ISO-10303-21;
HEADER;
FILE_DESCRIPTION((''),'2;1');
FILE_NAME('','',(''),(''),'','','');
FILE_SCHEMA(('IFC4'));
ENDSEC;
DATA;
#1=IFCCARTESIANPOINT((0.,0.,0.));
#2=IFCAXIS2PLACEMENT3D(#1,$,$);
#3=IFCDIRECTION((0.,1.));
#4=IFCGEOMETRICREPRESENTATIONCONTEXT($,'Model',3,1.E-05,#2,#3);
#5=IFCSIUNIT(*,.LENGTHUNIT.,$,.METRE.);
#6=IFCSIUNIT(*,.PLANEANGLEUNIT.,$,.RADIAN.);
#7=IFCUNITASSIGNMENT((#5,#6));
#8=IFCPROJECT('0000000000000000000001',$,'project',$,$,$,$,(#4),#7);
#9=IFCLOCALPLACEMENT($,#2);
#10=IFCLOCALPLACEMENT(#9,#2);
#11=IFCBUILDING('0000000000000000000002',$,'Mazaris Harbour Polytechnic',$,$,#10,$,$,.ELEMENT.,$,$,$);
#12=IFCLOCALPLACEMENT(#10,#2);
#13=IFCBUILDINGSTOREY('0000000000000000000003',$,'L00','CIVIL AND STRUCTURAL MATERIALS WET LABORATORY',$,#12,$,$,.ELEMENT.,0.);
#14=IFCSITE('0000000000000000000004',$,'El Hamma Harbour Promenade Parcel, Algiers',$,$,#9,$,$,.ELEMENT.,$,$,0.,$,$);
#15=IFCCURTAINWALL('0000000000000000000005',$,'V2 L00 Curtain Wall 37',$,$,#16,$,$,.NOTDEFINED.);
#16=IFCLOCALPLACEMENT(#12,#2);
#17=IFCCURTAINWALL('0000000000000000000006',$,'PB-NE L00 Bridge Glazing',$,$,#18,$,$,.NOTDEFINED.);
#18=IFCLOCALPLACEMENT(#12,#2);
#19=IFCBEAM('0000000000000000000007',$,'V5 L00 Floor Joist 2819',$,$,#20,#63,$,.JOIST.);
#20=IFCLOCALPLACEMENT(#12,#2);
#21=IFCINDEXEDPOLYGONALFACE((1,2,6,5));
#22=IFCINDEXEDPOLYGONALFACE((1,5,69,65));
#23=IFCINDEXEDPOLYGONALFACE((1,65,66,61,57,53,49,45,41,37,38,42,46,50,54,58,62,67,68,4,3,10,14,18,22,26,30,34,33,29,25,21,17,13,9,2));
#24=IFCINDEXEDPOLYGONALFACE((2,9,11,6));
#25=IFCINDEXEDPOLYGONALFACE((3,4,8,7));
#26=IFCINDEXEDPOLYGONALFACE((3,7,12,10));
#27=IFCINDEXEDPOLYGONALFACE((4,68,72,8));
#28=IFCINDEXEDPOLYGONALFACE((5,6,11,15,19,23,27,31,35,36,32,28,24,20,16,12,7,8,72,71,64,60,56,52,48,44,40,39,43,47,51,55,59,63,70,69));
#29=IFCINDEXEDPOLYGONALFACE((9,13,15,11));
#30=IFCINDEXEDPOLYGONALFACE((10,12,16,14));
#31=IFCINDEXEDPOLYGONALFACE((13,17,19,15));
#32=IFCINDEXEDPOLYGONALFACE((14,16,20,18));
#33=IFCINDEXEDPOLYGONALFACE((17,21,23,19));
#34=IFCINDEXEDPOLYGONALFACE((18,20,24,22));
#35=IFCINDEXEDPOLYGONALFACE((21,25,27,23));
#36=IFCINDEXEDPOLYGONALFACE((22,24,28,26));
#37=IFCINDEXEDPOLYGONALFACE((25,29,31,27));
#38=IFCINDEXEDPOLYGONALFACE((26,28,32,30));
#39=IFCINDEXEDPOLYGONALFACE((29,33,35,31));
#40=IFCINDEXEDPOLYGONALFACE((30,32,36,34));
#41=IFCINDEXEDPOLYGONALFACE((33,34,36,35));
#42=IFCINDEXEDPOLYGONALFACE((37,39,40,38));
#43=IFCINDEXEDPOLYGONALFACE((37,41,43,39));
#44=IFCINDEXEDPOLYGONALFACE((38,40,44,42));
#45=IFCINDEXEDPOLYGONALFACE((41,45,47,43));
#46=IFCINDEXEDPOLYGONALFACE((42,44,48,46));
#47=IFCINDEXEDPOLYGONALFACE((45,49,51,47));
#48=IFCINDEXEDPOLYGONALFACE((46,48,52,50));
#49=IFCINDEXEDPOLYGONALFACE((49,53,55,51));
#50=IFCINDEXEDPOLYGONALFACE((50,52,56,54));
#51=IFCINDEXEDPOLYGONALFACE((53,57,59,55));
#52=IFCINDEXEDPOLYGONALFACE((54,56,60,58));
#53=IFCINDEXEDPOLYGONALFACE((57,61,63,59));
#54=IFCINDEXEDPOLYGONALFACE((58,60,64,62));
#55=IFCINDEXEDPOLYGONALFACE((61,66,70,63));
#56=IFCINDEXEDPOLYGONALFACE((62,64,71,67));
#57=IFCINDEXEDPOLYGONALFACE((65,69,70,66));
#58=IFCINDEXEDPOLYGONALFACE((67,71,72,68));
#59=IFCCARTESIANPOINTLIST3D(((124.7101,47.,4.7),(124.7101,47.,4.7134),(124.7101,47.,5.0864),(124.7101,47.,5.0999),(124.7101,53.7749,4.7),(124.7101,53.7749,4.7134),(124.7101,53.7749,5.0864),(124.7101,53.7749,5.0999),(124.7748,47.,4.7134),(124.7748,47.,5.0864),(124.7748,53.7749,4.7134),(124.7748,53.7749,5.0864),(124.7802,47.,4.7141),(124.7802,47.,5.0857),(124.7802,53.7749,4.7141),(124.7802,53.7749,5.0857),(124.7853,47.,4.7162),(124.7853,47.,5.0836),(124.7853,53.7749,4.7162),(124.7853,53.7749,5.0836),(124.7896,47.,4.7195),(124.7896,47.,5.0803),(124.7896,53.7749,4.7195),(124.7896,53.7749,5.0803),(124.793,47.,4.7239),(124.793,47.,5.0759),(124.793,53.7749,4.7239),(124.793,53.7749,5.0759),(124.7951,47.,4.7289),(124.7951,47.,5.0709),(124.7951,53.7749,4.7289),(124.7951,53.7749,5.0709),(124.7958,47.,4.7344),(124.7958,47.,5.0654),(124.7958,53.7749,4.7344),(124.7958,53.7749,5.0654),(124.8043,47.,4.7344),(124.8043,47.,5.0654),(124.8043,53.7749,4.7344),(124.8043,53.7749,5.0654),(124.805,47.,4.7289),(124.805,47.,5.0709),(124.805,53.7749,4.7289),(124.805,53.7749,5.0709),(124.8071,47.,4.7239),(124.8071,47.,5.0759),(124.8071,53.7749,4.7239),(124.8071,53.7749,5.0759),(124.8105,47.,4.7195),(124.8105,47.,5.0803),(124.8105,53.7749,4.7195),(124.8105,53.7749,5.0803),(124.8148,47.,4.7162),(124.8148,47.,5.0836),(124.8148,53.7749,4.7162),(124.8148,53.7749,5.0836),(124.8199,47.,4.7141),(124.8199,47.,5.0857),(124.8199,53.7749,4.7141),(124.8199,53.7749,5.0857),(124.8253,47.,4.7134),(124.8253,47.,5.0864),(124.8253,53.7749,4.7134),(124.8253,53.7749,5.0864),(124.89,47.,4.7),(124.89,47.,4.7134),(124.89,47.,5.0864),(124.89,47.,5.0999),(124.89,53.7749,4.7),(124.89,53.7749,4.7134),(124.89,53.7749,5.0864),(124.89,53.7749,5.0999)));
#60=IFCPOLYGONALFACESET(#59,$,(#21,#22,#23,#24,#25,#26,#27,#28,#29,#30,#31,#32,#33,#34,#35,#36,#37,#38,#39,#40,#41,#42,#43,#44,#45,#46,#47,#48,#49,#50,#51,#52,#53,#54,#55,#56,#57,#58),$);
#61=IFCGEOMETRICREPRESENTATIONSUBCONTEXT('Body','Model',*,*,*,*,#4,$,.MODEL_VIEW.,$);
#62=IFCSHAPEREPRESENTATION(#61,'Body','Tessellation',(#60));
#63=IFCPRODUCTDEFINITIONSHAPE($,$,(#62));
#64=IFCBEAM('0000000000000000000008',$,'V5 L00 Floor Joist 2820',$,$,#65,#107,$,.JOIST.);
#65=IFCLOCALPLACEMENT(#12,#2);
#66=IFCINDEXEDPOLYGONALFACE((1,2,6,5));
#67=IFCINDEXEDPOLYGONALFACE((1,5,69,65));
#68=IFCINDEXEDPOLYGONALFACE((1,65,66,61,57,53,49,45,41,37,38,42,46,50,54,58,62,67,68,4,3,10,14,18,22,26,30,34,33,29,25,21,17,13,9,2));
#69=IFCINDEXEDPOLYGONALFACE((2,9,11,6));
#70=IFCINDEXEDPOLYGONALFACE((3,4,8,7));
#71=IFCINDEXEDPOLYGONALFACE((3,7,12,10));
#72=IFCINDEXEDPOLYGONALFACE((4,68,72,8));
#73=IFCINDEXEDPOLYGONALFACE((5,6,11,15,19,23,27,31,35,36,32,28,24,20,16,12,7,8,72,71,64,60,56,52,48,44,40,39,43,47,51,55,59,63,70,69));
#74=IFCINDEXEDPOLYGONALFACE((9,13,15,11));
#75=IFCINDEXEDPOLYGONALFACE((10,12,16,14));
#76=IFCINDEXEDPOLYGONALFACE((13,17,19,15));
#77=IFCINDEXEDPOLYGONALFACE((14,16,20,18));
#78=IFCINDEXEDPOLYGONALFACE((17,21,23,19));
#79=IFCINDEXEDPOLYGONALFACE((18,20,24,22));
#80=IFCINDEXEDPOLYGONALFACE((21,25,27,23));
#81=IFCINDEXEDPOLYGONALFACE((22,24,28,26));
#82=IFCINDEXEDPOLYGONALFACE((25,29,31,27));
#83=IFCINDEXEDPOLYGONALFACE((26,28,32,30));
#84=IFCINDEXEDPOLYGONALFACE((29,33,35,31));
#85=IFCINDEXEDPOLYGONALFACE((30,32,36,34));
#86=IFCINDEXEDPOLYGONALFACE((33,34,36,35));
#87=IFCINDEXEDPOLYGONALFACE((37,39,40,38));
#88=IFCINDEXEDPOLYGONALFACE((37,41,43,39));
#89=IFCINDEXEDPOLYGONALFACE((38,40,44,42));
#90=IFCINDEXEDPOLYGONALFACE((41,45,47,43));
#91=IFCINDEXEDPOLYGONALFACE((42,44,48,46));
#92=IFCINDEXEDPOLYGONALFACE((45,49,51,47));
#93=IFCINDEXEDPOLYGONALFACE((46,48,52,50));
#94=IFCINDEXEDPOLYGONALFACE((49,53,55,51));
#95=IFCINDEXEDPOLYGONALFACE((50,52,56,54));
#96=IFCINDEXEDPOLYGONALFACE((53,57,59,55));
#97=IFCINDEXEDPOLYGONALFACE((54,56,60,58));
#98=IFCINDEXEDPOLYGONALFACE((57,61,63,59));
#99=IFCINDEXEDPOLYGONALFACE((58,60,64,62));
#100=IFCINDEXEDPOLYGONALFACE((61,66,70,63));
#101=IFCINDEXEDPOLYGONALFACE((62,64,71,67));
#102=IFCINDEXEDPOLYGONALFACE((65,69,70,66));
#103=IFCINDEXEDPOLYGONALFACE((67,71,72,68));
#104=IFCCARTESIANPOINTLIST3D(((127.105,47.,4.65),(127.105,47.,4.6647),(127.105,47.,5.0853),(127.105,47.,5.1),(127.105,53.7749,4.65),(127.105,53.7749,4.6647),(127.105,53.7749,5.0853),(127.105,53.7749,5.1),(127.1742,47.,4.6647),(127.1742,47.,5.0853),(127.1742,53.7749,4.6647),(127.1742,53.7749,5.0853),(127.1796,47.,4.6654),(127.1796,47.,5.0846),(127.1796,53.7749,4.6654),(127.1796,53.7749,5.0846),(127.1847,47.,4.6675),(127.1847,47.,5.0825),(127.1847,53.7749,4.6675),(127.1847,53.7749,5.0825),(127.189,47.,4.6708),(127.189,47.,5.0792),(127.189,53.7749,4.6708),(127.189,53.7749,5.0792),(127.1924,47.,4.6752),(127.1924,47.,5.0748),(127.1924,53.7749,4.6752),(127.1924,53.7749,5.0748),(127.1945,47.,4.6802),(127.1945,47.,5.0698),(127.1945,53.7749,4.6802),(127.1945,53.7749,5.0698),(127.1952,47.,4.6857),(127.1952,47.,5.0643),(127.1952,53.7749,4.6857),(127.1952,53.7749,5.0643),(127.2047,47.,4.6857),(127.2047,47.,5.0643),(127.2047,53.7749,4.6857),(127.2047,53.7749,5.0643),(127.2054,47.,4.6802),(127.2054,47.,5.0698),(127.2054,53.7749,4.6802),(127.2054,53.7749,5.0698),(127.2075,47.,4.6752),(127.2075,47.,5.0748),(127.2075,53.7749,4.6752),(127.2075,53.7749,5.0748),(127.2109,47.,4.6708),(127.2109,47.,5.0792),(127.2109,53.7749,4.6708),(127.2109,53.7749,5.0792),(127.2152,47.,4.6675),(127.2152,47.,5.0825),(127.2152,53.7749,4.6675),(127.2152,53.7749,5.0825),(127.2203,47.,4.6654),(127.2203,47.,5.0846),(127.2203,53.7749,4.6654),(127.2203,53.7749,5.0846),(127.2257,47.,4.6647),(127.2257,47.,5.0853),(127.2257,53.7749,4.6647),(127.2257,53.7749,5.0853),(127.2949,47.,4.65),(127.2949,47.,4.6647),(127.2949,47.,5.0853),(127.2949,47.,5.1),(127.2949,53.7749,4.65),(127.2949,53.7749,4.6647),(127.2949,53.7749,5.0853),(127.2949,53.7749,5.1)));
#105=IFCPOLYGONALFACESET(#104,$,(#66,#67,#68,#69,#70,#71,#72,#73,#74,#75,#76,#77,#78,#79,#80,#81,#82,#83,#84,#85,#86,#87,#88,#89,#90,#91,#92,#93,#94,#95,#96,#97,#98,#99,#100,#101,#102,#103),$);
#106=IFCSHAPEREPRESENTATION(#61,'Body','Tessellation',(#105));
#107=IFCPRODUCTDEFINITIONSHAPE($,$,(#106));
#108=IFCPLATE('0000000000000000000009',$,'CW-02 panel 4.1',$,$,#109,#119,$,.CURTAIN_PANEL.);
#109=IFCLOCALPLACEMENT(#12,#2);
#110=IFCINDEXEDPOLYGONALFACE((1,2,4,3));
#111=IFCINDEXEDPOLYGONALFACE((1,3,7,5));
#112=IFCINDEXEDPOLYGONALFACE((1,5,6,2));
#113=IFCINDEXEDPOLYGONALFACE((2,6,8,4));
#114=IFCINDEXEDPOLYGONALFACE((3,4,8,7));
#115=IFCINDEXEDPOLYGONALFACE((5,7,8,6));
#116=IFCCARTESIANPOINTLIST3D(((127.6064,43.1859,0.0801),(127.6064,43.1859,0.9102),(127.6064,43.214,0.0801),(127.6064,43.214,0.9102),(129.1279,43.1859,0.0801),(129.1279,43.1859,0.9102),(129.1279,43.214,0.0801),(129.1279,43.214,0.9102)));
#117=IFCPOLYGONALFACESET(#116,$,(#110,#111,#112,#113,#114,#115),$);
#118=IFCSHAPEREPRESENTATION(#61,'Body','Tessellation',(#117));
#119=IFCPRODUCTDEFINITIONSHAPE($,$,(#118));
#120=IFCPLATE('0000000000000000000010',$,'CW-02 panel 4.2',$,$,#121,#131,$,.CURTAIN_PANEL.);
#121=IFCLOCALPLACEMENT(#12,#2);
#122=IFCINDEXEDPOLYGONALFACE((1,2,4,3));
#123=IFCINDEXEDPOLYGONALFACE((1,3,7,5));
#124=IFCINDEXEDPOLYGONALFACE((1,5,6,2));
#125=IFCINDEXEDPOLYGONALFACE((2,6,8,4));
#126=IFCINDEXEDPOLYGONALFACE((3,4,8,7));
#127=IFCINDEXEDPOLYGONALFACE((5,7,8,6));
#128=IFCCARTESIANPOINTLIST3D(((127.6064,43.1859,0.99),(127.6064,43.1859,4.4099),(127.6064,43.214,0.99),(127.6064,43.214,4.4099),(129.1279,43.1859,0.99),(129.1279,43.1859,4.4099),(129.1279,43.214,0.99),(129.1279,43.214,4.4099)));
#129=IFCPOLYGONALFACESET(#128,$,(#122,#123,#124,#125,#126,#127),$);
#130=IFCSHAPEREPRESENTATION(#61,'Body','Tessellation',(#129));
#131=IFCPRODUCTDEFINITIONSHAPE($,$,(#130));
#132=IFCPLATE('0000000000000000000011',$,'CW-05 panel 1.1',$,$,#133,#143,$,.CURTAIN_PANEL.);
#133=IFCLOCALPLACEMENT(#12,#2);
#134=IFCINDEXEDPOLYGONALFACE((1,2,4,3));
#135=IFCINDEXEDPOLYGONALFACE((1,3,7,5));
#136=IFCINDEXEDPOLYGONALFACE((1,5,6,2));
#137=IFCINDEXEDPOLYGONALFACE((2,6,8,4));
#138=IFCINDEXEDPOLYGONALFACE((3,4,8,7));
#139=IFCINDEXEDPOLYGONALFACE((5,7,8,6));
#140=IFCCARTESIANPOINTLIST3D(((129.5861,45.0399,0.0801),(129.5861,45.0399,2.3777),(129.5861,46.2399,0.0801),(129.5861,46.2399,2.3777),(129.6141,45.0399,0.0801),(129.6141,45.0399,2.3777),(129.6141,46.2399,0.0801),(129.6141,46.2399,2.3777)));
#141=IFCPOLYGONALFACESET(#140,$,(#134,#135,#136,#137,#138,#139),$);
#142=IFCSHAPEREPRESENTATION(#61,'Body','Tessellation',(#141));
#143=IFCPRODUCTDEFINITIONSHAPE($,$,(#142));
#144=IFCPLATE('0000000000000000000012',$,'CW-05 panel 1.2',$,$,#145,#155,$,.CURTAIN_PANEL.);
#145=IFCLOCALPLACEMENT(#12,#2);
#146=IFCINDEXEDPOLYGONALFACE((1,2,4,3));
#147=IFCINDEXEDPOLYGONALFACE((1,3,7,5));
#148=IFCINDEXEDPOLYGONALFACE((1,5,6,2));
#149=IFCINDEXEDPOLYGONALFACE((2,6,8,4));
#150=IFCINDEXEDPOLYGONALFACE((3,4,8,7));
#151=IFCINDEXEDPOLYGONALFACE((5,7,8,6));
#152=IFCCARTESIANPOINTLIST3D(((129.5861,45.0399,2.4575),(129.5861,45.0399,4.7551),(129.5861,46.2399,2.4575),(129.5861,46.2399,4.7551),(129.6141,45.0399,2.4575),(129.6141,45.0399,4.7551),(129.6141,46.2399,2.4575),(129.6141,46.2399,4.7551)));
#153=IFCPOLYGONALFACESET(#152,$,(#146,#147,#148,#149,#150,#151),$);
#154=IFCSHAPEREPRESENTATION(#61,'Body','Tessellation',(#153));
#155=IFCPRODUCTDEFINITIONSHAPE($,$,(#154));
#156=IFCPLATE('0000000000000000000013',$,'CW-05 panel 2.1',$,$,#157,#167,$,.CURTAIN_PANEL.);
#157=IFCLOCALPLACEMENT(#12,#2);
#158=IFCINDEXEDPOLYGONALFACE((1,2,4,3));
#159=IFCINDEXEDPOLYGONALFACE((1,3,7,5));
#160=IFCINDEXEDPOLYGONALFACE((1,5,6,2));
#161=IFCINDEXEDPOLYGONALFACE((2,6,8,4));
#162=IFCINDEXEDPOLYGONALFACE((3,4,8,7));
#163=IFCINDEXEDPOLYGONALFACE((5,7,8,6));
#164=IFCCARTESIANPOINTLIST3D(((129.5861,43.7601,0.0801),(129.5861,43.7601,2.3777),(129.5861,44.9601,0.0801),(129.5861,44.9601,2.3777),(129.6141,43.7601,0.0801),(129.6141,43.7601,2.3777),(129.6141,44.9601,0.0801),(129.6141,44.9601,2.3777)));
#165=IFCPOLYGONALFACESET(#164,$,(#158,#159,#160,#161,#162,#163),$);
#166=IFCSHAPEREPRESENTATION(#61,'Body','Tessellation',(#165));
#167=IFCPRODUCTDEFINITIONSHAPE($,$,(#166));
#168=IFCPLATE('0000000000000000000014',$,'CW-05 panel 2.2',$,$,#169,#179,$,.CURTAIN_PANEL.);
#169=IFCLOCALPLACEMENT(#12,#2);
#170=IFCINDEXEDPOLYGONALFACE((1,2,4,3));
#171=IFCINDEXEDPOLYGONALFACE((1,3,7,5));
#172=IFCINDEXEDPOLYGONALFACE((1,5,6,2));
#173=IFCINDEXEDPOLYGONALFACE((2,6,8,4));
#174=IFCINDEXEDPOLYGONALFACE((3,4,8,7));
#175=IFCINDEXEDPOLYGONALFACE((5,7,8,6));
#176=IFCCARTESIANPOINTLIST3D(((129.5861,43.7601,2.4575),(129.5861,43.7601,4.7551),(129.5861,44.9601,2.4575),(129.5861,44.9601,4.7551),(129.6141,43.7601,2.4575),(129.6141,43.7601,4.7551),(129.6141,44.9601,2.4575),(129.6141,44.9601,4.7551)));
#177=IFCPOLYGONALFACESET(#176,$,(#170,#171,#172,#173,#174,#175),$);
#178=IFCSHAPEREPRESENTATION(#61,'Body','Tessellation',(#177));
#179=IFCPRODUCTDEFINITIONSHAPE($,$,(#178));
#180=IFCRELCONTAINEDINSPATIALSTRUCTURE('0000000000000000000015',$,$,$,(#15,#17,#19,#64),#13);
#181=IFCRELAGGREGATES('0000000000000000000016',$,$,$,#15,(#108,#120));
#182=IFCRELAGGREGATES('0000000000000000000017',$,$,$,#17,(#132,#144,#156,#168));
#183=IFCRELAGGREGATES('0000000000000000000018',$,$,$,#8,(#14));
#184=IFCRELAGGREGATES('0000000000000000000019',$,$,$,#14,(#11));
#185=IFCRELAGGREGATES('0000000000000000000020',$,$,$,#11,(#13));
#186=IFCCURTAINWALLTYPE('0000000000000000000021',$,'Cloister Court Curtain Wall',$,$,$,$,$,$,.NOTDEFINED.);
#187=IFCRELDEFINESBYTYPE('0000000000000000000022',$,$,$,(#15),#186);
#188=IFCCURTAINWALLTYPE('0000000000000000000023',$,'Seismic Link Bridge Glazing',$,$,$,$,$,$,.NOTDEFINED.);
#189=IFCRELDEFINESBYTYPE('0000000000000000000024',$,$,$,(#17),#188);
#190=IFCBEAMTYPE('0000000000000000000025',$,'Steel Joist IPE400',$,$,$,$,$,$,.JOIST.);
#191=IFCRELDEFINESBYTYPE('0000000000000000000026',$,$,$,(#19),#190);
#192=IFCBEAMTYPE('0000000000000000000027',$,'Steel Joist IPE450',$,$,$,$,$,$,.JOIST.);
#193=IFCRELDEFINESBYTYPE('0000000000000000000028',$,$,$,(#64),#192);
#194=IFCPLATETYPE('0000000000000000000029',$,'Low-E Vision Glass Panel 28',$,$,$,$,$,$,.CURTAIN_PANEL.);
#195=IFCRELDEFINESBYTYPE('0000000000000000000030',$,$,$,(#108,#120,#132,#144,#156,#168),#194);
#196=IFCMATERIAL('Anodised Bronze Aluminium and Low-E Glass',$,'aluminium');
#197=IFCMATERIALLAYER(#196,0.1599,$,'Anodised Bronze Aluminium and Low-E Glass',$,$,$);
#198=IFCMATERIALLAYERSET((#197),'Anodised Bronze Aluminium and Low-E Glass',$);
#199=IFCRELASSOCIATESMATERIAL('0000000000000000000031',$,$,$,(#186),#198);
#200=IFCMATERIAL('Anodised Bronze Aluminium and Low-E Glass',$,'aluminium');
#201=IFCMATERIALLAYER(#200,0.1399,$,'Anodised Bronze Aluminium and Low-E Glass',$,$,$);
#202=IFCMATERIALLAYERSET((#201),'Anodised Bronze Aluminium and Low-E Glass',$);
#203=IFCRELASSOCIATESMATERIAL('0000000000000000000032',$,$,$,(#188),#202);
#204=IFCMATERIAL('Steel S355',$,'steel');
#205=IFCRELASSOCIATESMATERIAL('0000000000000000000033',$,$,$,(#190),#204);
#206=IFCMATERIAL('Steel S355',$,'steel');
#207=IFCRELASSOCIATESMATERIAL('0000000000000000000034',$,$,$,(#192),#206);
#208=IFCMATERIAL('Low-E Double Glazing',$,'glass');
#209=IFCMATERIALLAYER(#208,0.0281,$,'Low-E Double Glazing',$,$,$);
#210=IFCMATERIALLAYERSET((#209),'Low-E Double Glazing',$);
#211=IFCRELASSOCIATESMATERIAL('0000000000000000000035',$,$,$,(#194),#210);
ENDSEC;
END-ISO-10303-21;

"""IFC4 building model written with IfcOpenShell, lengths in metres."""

from ifc_helpers import new_model, si_unit, direction, frame, origin, origin_2d, place, context, subcontext, project, spatial, rectangle, i_section, extrude, material, layer, layer_set, material_profile, profile_set, type_object, element, aggregate, save


model = new_model("IFC4")

# Units and contexts
model_context = context("Model", 3, precision=1e-05, world=origin(), true_north=direction((0.0, 1.0)))
body_context = subcontext(model_context, "Body", "Model", "MODEL_VIEW")
ifc_project = project(units=[si_unit("LENGTHUNIT", "METRE"), si_unit("PLANEANGLEUNIT", "RADIAN")], contexts=[model_context])

# Site, building, storey
site_placement = place(None, origin())
site = spatial("IfcSite", under=ifc_project, at=site_placement, Name="El Hamma Harbour Promenade Parcel, Algiers", CompositionType="ELEMENT", RefElevation=0.0)
building_placement = place(site_placement, origin())
building = spatial("IfcBuilding", under=site, at=building_placement, Name="Mazaris Harbour Polytechnic", CompositionType="ELEMENT")
storey_placement = place(building_placement, origin())
storey = spatial("IfcBuildingStorey", under=building, at=storey_placement, Name="L00", Description="CIVIL AND STRUCTURAL MATERIALS WET LABORATORY", CompositionType="ELEMENT", Elevation=0.0)

# Curtain walls
ifc_material_1 = material(Name="Anodised Bronze Aluminium and Low-E Glass", Category="aluminium")
ifc_layer_1 = layer(ifc_material_1, 0.1599, Name="Anodised Bronze Aluminium and Low-E Glass")
ifc_layer_set_1 = layer_set([ifc_layer_1], Name="Anodised Bronze Aluminium and Low-E Glass")
curtain_wall_type_1 = type_object("IfcCurtainWallType", Name="Cloister Court Curtain Wall", PredefinedType="NOTDEFINED", material=ifc_layer_set_1)
curtain_wall_1_placement = place(storey_placement, origin())
curtain_wall_1 = element("IfcCurtainWall", 1, at=curtain_wall_1_placement, inside=storey, type_object=curtain_wall_type_1, Name="V2 L00 Curtain Wall 37", PredefinedType="NOTDEFINED")
ifc_material_2 = material(Name="Anodised Bronze Aluminium and Low-E Glass", Category="aluminium")
ifc_layer_2 = layer(ifc_material_2, 0.1399, Name="Anodised Bronze Aluminium and Low-E Glass")
ifc_layer_set_2 = layer_set([ifc_layer_2], Name="Anodised Bronze Aluminium and Low-E Glass")
curtain_wall_type_2 = type_object("IfcCurtainWallType", Name="Seismic Link Bridge Glazing", PredefinedType="NOTDEFINED", material=ifc_layer_set_2)
curtain_wall_2_placement = place(storey_placement, origin())
curtain_wall_2 = element("IfcCurtainWall", 2, at=curtain_wall_2_placement, inside=storey, type_object=curtain_wall_type_2, Name="PB-NE L00 Bridge Glazing", PredefinedType="NOTDEFINED")

# Beams
ifc_material_3 = material(Name="Steel S355", Category="steel")
ifc_material_profile_1 = material_profile(ifc_material_3, i_section(OverallWidth=0.1799, OverallDepth=0.3999, WebThickness=0.0085, FlangeThickness=0.0134, FilletRadius=0.021, at=origin_2d()), Name="IPE 400")
ifc_profile_set_1 = profile_set([ifc_material_profile_1], Name="Steel S355")
beam_type_1 = type_object("IfcBeamType", Name="Steel Joist IPE400", PredefinedType="JOIST", material=ifc_profile_set_1)
beam_1_placement = place(storey_placement, frame((124.8, 47.0, 4.8999), z_axis=(0.0, 1.0, 0.0), x_axis=(-1.0, 0.0, 0.0)))
element("IfcBeam", 3, at=beam_1_placement, inside=storey, type_object=beam_type_1, Name="V5 L00 Floor Joist 2819", PredefinedType="JOIST", context=body_context, shape_type="SweptSolid", body=[
    extrude(i_section(OverallWidth=0.1799, OverallDepth=0.3999, WebThickness=0.0085, FlangeThickness=0.0134, FilletRadius=0.021, at=origin_2d()), origin(), (0.0, 0.0, 1.0), 6.7749),
])
ifc_material_4 = material(Name="Steel S355", Category="steel")
ifc_material_profile_2 = material_profile(ifc_material_4, i_section(OverallWidth=0.1899, OverallDepth=0.45, WebThickness=0.0095, FlangeThickness=0.0146, FilletRadius=0.021, at=origin_2d()), Name="IPE 450")
ifc_profile_set_2 = profile_set([ifc_material_profile_2], Name="Steel S355")
beam_type_2 = type_object("IfcBeamType", Name="Steel Joist IPE450", PredefinedType="JOIST", material=ifc_profile_set_2)
beam_2_placement = place(storey_placement, frame((127.2, 47.0, 4.875), z_axis=(0.0, 1.0, 0.0), x_axis=(-1.0, 0.0, 0.0)))
element("IfcBeam", 4, at=beam_2_placement, inside=storey, type_object=beam_type_2, Name="V5 L00 Floor Joist 2820", PredefinedType="JOIST", context=body_context, shape_type="SweptSolid", body=[
    extrude(i_section(OverallWidth=0.1899, OverallDepth=0.45, WebThickness=0.0095, FlangeThickness=0.0146, FilletRadius=0.021, at=origin_2d()), origin(), (0.0, 0.0, 1.0), 6.7749),
])

# Plates
ifc_material_5 = material(Name="Low-E Double Glazing", Category="glass")
ifc_layer_3 = layer(ifc_material_5, 0.0281, Name="Low-E Double Glazing")
ifc_layer_set_3 = layer_set([ifc_layer_3], Name="Low-E Double Glazing")
plate_type = type_object("IfcPlateType", Name="Low-E Vision Glass Panel 28", PredefinedType="CURTAIN_PANEL", material=ifc_layer_set_3)
plate_1_placement = place(storey_placement, frame((128.3672, 43.2, 0.0801), z_axis=(0.0, 0.0, 1.0), x_axis=(1.0, 0.0, 0.0)))
plate_1 = element("IfcPlate", 5, at=plate_1_placement, type_object=plate_type, Name="CW-02 panel 4.1", PredefinedType="CURTAIN_PANEL", context=body_context, shape_type="SweptSolid", body=[
    extrude(rectangle(XDim=1.5215, YDim=0.0281, at=origin_2d()), origin(), (0.0, 0.0, 1.0), 0.8301),
])
plate_2_placement = place(storey_placement, frame((128.3672, 43.2, 0.99), z_axis=(0.0, 0.0, 1.0), x_axis=(1.0, 0.0, 0.0)))
plate_2 = element("IfcPlate", 6, at=plate_2_placement, type_object=plate_type, Name="CW-02 panel 4.2", PredefinedType="CURTAIN_PANEL", context=body_context, shape_type="SweptSolid", body=[
    extrude(rectangle(XDim=1.5215, YDim=0.0281, at=origin_2d()), origin(), (0.0, 0.0, 1.0), 3.4199),
])
aggregate(curtain_wall_1, [plate_1, plate_2])
plate_3_placement = place(storey_placement, frame((129.6001, 45.6399, 0.0801), z_axis=(0.0, 0.0, 1.0), x_axis=(0.0, -1.0, 0.0)))
plate_3 = element("IfcPlate", 7, at=plate_3_placement, type_object=plate_type, Name="CW-05 panel 1.1", PredefinedType="CURTAIN_PANEL", context=body_context, shape_type="SweptSolid", body=[
    extrude(rectangle(XDim=1.2, YDim=0.0281, at=origin_2d()), origin(), (0.0, 0.0, 1.0), 2.2976),
])
plate_4_placement = place(storey_placement, frame((129.6001, 45.6399, 2.4575), z_axis=(0.0, 0.0, 1.0), x_axis=(0.0, -1.0, 0.0)))
plate_4 = element("IfcPlate", 8, at=plate_4_placement, type_object=plate_type, Name="CW-05 panel 1.2", PredefinedType="CURTAIN_PANEL", context=body_context, shape_type="SweptSolid", body=[
    extrude(rectangle(XDim=1.2, YDim=0.0281, at=origin_2d()), origin(), (0.0, 0.0, 1.0), 2.2976),
])
plate_5_placement = place(storey_placement, frame((129.6001, 44.3601, 0.0801), z_axis=(0.0, 0.0, 1.0), x_axis=(0.0, -1.0, 0.0)))
plate_5 = element("IfcPlate", 9, at=plate_5_placement, type_object=plate_type, Name="CW-05 panel 2.1", PredefinedType="CURTAIN_PANEL", context=body_context, shape_type="SweptSolid", body=[
    extrude(rectangle(XDim=1.2, YDim=0.0281, at=origin_2d()), origin(), (0.0, 0.0, 1.0), 2.2976),
])
plate_6_placement = place(storey_placement, frame((129.6001, 44.3601, 2.4575), z_axis=(0.0, 0.0, 1.0), x_axis=(0.0, -1.0, 0.0)))
plate_6 = element("IfcPlate", 10, at=plate_6_placement, type_object=plate_type, Name="CW-05 panel 2.2", PredefinedType="CURTAIN_PANEL", context=body_context, shape_type="SweptSolid", body=[
    extrude(rectangle(XDim=1.2, YDim=0.0281, at=origin_2d()), origin(), (0.0, 0.0, 1.0), 2.2976),
])
aggregate(curtain_wall_2, [plate_3, plate_4, plate_5, plate_6])

save(model, "model.ifc")
